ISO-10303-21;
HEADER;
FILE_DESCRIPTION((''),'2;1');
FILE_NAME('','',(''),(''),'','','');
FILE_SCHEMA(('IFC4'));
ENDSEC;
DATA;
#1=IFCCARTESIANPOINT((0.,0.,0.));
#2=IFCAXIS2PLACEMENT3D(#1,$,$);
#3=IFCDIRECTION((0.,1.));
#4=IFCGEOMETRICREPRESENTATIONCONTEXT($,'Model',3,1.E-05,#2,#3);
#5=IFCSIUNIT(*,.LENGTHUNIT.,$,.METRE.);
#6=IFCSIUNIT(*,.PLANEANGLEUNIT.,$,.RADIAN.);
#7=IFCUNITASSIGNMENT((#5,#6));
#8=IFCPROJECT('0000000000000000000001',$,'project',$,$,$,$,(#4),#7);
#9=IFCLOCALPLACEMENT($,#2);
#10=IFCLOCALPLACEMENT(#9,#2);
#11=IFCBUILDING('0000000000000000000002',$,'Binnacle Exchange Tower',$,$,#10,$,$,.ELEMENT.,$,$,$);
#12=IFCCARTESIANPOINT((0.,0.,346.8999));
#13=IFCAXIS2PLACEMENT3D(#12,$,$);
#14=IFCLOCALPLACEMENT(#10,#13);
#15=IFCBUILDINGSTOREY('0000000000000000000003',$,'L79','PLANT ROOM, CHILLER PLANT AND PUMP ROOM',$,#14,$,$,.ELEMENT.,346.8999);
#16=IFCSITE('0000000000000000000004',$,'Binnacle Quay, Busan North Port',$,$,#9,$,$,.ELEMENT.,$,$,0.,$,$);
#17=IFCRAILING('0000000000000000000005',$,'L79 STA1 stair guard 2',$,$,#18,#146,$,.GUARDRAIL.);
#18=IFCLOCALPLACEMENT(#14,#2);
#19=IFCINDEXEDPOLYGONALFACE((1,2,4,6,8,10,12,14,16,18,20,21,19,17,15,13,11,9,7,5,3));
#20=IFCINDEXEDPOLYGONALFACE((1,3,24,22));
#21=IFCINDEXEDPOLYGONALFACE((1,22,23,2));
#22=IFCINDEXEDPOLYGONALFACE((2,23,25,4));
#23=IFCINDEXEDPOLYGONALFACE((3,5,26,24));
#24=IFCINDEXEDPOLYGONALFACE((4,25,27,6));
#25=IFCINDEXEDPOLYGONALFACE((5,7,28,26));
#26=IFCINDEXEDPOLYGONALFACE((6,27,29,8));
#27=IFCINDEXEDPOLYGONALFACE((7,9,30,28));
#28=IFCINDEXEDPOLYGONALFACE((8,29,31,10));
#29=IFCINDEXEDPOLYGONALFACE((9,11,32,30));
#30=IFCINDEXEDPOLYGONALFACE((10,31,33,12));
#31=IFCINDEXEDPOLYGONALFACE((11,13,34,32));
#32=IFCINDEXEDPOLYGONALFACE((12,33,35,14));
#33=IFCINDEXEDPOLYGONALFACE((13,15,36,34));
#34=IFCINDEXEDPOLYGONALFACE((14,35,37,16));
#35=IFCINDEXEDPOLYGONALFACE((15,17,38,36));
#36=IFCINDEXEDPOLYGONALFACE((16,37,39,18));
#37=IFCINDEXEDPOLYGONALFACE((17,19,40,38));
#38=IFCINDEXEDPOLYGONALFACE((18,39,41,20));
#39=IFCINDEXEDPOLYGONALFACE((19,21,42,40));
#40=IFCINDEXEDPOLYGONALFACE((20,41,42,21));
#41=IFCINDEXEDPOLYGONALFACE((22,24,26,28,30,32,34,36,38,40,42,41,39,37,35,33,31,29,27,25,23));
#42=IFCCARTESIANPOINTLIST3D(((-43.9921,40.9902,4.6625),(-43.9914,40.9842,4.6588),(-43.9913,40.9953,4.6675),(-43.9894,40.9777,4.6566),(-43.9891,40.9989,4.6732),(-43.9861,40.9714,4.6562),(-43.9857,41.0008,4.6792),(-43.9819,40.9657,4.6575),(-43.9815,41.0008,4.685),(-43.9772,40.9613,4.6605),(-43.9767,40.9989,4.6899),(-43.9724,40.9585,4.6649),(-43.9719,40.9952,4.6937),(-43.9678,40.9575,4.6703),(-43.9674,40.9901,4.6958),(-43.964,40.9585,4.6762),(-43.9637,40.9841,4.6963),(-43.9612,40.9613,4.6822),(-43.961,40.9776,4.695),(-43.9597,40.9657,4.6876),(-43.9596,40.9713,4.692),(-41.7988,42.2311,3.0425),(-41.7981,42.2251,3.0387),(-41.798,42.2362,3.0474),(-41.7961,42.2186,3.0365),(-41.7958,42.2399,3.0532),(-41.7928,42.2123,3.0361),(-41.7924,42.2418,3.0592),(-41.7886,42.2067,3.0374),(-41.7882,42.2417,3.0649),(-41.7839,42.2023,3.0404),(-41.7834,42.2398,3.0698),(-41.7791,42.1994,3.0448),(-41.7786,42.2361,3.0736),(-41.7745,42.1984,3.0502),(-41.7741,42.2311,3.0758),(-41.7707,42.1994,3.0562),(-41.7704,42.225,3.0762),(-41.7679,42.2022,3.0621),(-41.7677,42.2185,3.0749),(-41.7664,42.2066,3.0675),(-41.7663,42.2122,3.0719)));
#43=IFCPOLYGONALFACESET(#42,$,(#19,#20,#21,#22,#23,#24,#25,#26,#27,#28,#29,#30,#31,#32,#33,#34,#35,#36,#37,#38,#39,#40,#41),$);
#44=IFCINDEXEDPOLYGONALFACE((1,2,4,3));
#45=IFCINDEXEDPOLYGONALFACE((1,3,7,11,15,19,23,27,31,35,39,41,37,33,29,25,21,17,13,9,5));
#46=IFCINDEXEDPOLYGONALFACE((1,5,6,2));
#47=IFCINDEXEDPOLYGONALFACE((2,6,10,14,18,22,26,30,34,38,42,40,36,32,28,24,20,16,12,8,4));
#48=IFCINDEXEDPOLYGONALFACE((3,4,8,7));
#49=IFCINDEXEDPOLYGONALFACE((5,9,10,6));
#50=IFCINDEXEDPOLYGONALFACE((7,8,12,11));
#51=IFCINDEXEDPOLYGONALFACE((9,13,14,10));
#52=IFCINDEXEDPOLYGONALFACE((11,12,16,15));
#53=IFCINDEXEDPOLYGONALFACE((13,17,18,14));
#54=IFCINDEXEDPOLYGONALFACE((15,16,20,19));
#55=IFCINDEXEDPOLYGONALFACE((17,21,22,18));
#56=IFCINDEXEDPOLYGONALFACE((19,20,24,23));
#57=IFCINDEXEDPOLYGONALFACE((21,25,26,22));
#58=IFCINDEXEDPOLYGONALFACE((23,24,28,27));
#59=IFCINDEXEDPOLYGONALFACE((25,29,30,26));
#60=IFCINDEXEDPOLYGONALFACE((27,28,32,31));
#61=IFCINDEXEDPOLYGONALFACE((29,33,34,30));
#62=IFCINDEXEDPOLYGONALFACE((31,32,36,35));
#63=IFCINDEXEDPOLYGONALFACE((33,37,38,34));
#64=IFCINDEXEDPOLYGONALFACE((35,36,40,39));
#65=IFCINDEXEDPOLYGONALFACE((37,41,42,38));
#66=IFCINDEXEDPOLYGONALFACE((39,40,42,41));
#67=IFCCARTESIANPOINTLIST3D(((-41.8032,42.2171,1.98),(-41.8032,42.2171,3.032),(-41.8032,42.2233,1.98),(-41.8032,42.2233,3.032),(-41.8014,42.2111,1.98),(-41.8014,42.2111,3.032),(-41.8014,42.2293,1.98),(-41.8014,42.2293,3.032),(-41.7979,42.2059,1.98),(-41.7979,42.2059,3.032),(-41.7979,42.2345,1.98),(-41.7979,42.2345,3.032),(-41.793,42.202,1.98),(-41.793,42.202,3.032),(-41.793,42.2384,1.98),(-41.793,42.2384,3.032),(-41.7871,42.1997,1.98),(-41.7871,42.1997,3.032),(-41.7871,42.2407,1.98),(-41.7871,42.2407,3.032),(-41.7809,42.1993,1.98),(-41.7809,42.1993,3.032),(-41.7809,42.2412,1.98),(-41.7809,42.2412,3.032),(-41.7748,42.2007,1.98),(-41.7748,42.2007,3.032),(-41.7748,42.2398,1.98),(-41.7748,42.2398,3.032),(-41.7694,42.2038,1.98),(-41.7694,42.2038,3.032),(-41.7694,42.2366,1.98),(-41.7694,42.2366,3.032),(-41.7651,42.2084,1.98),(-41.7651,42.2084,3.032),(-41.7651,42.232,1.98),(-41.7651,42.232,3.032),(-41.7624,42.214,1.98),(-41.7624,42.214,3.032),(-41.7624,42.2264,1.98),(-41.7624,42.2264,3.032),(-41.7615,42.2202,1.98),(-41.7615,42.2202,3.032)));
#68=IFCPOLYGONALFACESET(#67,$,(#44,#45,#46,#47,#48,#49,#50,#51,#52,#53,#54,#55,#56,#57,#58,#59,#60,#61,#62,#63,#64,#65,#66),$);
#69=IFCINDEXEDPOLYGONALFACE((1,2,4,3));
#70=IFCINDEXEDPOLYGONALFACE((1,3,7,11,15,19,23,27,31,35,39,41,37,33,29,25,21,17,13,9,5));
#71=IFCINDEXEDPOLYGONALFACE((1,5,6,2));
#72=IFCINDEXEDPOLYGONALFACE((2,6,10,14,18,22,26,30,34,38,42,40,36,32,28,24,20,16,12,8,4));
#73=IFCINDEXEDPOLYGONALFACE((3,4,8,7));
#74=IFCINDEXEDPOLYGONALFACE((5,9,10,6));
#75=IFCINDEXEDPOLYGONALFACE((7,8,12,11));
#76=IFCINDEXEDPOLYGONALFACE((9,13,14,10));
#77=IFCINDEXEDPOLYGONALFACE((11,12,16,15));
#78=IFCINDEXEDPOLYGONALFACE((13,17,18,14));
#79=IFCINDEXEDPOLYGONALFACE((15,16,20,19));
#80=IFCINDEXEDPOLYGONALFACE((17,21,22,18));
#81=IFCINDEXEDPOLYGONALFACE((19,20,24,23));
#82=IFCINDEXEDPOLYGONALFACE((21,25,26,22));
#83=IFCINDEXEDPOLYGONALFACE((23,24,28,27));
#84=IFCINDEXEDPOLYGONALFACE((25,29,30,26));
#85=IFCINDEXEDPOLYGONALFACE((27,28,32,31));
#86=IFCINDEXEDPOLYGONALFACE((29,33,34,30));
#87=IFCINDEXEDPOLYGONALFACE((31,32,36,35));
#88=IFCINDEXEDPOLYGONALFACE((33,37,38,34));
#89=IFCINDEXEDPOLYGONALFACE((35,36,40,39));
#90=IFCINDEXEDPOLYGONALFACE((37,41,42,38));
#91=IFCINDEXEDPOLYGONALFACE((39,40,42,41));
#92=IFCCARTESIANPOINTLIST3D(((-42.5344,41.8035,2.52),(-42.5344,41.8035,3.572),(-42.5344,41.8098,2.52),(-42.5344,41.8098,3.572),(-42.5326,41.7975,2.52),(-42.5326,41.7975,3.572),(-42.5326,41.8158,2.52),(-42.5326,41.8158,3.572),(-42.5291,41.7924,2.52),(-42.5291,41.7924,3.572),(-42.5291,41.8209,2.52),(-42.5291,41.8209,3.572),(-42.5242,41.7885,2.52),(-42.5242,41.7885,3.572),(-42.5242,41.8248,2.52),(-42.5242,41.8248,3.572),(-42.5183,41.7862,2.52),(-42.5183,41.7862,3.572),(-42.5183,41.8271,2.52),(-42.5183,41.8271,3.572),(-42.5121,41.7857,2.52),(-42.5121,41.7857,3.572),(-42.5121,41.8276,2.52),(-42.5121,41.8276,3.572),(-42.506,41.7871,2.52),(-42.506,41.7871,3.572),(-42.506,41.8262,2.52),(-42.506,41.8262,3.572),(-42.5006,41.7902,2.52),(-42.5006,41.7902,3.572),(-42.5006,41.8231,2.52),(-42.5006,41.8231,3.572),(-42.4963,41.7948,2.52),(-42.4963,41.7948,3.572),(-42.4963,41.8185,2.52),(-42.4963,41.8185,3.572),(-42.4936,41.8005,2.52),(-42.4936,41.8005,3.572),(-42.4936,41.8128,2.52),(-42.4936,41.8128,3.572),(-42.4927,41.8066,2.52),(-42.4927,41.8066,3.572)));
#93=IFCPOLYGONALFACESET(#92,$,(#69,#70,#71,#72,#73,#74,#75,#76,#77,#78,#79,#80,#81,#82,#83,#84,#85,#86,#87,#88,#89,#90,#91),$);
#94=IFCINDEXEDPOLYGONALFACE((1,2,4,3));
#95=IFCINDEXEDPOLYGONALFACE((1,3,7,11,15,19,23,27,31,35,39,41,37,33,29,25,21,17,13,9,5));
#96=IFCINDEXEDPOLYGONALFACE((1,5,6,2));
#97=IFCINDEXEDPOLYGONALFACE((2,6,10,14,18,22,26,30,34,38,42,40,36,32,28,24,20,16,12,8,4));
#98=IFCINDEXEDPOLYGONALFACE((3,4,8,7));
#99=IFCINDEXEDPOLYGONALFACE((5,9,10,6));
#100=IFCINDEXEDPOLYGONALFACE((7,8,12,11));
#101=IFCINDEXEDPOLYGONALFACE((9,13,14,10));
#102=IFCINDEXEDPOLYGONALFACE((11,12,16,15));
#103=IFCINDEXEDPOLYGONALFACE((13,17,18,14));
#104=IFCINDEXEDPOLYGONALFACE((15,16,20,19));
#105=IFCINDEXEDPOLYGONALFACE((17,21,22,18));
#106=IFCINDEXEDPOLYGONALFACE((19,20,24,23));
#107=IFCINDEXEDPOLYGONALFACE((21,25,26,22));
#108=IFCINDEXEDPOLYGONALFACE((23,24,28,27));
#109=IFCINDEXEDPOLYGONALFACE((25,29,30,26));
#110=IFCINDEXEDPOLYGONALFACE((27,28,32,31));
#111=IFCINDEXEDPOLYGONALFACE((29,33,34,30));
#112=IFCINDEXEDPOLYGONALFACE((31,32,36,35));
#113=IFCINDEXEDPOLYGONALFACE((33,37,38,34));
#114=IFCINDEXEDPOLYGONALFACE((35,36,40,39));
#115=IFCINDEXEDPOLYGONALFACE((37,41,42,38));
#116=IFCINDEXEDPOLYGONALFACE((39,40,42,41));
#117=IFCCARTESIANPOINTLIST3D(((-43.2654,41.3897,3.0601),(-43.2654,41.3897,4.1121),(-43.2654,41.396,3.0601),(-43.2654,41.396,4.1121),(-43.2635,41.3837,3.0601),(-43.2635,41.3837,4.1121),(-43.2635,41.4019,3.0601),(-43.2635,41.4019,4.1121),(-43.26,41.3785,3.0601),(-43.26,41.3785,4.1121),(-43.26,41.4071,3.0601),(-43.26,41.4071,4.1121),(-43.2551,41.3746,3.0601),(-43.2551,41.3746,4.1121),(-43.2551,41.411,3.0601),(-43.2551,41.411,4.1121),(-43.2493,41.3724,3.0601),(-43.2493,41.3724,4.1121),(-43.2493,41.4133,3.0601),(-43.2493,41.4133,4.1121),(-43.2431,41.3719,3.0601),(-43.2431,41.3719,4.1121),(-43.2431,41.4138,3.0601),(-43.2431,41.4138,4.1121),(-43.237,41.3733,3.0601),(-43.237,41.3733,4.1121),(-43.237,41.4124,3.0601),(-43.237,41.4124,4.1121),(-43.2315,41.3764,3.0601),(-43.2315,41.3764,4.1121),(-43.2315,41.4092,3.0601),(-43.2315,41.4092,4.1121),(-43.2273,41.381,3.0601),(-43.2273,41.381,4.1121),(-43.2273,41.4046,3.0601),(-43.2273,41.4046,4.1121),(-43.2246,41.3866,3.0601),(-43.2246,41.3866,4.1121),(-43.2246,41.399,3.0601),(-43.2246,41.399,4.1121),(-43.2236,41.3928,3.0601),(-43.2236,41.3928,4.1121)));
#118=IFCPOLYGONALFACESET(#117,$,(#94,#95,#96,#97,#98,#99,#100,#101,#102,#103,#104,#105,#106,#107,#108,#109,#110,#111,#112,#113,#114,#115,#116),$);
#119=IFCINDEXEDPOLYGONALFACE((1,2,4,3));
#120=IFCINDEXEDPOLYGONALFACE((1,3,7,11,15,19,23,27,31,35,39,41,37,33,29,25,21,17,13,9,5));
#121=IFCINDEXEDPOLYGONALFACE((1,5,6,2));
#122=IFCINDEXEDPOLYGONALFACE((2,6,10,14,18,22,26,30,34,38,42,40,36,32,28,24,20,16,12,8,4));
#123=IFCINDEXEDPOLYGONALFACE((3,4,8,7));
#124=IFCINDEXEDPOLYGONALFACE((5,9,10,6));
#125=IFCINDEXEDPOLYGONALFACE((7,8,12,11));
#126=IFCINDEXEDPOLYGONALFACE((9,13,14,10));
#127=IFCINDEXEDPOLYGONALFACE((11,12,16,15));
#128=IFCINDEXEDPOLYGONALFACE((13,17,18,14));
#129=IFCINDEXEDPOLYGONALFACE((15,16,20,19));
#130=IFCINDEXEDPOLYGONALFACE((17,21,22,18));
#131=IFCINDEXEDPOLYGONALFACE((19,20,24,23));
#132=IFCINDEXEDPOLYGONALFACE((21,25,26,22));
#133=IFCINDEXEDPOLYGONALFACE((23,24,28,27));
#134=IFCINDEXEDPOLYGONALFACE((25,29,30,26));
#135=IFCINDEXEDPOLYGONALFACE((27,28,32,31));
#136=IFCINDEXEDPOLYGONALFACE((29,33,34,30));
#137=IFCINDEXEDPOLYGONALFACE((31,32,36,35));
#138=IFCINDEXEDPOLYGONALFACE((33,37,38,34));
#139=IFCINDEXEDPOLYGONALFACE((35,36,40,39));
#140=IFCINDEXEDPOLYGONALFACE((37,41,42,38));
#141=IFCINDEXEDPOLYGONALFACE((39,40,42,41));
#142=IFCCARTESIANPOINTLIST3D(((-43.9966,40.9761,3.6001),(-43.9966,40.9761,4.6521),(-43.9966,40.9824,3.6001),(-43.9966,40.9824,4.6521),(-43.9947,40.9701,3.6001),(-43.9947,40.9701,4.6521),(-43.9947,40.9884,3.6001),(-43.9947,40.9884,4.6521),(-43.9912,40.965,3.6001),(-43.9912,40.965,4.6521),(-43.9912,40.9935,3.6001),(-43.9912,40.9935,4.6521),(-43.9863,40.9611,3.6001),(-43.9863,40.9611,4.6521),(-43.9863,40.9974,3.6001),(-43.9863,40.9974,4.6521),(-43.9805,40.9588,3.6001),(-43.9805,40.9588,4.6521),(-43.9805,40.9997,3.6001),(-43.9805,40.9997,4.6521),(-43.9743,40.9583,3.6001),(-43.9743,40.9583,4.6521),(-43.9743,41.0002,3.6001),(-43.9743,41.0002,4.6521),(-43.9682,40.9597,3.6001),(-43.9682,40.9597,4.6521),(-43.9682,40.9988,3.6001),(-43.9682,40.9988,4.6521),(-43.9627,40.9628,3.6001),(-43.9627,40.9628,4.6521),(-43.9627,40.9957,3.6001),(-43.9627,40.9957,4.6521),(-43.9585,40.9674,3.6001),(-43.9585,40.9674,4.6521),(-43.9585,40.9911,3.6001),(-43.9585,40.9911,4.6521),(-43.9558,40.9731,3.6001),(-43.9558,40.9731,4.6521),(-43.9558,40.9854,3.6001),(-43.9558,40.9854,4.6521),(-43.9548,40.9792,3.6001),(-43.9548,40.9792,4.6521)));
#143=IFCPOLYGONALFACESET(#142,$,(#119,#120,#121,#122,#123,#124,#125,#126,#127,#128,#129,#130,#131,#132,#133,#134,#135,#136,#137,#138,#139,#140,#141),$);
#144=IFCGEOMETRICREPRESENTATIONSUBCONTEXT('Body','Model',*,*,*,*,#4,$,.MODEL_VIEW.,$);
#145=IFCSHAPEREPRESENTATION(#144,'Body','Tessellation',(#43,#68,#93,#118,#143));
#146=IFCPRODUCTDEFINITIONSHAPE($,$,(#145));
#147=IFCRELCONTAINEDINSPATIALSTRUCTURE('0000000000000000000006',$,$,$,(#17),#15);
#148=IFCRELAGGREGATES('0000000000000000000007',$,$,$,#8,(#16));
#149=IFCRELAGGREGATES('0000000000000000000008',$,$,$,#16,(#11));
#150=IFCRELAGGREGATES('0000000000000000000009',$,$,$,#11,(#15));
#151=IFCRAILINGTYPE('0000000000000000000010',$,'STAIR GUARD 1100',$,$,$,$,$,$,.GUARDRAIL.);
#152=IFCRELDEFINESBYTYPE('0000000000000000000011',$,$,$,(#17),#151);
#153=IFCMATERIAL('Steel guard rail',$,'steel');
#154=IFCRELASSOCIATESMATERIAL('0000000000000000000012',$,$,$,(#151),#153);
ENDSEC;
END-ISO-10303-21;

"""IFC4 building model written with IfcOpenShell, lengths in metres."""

from ifc_helpers import new_model, si_unit, direction, frame, origin, origin_2d, place, context, subcontext, project, spatial, circle, extrude, material, type_object, element, save


model = new_model("IFC4")

# Units and contexts
model_context = context("Model", 3, precision=1e-05, world=origin(), true_north=direction((0.0, 1.0)))
body_context = subcontext(model_context, "Body", "Model", "MODEL_VIEW")
ifc_project = project(units=[si_unit("LENGTHUNIT", "METRE"), si_unit("PLANEANGLEUNIT", "RADIAN")], contexts=[model_context])

# Site, building, storey
site_placement = place(None, origin())
site = spatial("IfcSite", under=ifc_project, at=site_placement, Name="Binnacle Quay, Busan North Port", CompositionType="ELEMENT", RefElevation=0.0)
building_placement = place(site_placement, origin())
building = spatial("IfcBuilding", under=site, at=building_placement, Name="Binnacle Exchange Tower", CompositionType="ELEMENT")
storey_placement = place(building_placement, frame((0.0, 0.0, 346.8999)))
storey = spatial("IfcBuildingStorey", under=building, at=storey_placement, Name="L79", Description="PLANT ROOM, CHILLER PLANT AND PUMP ROOM", CompositionType="ELEMENT", Elevation=346.8999)

# Railing
ifc_material_1 = material(Name="Steel guard rail", Category="steel")
railing_type = type_object("IfcRailingType", Name="STAIR GUARD 1100", PredefinedType="GUARDRAIL", material=ifc_material_1)
railing_placement = place(storey_placement, frame((-41.7825, 42.2202, 1.98)))
element("IfcRailing", 1, at=railing_placement, inside=storey, type_object=railing_type, Name="L79 STA1 stair guard 2", PredefinedType="GUARDRAIL", context=body_context, shape_type="SweptSolid", body=[
    extrude(circle(Radius=0.0239, at=origin_2d()), frame((0.0, 0.0, 1.0762), z_axis=(-0.732113, -0.414217, 0.540772), x_axis=(0.492431, -0.870352, 0.0)), (0.0, 0.0, 1.0), 2.9958),
    extrude(circle(Radius=0.021, at=origin_2d()), origin(), (0.0, 0.0, 1.0), 1.052),
    extrude(circle(Radius=0.021, at=origin_2d()), frame((-0.7312, -0.4136, 0.54)), (0.0, 0.0, 1.0), 1.052),
    extrude(circle(Radius=0.021, at=origin_2d()), frame((-1.4622, -0.8274, 1.0801)), (0.0, 0.0, 1.0), 1.052),
    extrude(circle(Radius=0.021, at=origin_2d()), frame((-2.1934, -1.241, 1.6201)), (0.0, 0.0, 1.0), 1.052),
])

save(model, "model.ifc")
